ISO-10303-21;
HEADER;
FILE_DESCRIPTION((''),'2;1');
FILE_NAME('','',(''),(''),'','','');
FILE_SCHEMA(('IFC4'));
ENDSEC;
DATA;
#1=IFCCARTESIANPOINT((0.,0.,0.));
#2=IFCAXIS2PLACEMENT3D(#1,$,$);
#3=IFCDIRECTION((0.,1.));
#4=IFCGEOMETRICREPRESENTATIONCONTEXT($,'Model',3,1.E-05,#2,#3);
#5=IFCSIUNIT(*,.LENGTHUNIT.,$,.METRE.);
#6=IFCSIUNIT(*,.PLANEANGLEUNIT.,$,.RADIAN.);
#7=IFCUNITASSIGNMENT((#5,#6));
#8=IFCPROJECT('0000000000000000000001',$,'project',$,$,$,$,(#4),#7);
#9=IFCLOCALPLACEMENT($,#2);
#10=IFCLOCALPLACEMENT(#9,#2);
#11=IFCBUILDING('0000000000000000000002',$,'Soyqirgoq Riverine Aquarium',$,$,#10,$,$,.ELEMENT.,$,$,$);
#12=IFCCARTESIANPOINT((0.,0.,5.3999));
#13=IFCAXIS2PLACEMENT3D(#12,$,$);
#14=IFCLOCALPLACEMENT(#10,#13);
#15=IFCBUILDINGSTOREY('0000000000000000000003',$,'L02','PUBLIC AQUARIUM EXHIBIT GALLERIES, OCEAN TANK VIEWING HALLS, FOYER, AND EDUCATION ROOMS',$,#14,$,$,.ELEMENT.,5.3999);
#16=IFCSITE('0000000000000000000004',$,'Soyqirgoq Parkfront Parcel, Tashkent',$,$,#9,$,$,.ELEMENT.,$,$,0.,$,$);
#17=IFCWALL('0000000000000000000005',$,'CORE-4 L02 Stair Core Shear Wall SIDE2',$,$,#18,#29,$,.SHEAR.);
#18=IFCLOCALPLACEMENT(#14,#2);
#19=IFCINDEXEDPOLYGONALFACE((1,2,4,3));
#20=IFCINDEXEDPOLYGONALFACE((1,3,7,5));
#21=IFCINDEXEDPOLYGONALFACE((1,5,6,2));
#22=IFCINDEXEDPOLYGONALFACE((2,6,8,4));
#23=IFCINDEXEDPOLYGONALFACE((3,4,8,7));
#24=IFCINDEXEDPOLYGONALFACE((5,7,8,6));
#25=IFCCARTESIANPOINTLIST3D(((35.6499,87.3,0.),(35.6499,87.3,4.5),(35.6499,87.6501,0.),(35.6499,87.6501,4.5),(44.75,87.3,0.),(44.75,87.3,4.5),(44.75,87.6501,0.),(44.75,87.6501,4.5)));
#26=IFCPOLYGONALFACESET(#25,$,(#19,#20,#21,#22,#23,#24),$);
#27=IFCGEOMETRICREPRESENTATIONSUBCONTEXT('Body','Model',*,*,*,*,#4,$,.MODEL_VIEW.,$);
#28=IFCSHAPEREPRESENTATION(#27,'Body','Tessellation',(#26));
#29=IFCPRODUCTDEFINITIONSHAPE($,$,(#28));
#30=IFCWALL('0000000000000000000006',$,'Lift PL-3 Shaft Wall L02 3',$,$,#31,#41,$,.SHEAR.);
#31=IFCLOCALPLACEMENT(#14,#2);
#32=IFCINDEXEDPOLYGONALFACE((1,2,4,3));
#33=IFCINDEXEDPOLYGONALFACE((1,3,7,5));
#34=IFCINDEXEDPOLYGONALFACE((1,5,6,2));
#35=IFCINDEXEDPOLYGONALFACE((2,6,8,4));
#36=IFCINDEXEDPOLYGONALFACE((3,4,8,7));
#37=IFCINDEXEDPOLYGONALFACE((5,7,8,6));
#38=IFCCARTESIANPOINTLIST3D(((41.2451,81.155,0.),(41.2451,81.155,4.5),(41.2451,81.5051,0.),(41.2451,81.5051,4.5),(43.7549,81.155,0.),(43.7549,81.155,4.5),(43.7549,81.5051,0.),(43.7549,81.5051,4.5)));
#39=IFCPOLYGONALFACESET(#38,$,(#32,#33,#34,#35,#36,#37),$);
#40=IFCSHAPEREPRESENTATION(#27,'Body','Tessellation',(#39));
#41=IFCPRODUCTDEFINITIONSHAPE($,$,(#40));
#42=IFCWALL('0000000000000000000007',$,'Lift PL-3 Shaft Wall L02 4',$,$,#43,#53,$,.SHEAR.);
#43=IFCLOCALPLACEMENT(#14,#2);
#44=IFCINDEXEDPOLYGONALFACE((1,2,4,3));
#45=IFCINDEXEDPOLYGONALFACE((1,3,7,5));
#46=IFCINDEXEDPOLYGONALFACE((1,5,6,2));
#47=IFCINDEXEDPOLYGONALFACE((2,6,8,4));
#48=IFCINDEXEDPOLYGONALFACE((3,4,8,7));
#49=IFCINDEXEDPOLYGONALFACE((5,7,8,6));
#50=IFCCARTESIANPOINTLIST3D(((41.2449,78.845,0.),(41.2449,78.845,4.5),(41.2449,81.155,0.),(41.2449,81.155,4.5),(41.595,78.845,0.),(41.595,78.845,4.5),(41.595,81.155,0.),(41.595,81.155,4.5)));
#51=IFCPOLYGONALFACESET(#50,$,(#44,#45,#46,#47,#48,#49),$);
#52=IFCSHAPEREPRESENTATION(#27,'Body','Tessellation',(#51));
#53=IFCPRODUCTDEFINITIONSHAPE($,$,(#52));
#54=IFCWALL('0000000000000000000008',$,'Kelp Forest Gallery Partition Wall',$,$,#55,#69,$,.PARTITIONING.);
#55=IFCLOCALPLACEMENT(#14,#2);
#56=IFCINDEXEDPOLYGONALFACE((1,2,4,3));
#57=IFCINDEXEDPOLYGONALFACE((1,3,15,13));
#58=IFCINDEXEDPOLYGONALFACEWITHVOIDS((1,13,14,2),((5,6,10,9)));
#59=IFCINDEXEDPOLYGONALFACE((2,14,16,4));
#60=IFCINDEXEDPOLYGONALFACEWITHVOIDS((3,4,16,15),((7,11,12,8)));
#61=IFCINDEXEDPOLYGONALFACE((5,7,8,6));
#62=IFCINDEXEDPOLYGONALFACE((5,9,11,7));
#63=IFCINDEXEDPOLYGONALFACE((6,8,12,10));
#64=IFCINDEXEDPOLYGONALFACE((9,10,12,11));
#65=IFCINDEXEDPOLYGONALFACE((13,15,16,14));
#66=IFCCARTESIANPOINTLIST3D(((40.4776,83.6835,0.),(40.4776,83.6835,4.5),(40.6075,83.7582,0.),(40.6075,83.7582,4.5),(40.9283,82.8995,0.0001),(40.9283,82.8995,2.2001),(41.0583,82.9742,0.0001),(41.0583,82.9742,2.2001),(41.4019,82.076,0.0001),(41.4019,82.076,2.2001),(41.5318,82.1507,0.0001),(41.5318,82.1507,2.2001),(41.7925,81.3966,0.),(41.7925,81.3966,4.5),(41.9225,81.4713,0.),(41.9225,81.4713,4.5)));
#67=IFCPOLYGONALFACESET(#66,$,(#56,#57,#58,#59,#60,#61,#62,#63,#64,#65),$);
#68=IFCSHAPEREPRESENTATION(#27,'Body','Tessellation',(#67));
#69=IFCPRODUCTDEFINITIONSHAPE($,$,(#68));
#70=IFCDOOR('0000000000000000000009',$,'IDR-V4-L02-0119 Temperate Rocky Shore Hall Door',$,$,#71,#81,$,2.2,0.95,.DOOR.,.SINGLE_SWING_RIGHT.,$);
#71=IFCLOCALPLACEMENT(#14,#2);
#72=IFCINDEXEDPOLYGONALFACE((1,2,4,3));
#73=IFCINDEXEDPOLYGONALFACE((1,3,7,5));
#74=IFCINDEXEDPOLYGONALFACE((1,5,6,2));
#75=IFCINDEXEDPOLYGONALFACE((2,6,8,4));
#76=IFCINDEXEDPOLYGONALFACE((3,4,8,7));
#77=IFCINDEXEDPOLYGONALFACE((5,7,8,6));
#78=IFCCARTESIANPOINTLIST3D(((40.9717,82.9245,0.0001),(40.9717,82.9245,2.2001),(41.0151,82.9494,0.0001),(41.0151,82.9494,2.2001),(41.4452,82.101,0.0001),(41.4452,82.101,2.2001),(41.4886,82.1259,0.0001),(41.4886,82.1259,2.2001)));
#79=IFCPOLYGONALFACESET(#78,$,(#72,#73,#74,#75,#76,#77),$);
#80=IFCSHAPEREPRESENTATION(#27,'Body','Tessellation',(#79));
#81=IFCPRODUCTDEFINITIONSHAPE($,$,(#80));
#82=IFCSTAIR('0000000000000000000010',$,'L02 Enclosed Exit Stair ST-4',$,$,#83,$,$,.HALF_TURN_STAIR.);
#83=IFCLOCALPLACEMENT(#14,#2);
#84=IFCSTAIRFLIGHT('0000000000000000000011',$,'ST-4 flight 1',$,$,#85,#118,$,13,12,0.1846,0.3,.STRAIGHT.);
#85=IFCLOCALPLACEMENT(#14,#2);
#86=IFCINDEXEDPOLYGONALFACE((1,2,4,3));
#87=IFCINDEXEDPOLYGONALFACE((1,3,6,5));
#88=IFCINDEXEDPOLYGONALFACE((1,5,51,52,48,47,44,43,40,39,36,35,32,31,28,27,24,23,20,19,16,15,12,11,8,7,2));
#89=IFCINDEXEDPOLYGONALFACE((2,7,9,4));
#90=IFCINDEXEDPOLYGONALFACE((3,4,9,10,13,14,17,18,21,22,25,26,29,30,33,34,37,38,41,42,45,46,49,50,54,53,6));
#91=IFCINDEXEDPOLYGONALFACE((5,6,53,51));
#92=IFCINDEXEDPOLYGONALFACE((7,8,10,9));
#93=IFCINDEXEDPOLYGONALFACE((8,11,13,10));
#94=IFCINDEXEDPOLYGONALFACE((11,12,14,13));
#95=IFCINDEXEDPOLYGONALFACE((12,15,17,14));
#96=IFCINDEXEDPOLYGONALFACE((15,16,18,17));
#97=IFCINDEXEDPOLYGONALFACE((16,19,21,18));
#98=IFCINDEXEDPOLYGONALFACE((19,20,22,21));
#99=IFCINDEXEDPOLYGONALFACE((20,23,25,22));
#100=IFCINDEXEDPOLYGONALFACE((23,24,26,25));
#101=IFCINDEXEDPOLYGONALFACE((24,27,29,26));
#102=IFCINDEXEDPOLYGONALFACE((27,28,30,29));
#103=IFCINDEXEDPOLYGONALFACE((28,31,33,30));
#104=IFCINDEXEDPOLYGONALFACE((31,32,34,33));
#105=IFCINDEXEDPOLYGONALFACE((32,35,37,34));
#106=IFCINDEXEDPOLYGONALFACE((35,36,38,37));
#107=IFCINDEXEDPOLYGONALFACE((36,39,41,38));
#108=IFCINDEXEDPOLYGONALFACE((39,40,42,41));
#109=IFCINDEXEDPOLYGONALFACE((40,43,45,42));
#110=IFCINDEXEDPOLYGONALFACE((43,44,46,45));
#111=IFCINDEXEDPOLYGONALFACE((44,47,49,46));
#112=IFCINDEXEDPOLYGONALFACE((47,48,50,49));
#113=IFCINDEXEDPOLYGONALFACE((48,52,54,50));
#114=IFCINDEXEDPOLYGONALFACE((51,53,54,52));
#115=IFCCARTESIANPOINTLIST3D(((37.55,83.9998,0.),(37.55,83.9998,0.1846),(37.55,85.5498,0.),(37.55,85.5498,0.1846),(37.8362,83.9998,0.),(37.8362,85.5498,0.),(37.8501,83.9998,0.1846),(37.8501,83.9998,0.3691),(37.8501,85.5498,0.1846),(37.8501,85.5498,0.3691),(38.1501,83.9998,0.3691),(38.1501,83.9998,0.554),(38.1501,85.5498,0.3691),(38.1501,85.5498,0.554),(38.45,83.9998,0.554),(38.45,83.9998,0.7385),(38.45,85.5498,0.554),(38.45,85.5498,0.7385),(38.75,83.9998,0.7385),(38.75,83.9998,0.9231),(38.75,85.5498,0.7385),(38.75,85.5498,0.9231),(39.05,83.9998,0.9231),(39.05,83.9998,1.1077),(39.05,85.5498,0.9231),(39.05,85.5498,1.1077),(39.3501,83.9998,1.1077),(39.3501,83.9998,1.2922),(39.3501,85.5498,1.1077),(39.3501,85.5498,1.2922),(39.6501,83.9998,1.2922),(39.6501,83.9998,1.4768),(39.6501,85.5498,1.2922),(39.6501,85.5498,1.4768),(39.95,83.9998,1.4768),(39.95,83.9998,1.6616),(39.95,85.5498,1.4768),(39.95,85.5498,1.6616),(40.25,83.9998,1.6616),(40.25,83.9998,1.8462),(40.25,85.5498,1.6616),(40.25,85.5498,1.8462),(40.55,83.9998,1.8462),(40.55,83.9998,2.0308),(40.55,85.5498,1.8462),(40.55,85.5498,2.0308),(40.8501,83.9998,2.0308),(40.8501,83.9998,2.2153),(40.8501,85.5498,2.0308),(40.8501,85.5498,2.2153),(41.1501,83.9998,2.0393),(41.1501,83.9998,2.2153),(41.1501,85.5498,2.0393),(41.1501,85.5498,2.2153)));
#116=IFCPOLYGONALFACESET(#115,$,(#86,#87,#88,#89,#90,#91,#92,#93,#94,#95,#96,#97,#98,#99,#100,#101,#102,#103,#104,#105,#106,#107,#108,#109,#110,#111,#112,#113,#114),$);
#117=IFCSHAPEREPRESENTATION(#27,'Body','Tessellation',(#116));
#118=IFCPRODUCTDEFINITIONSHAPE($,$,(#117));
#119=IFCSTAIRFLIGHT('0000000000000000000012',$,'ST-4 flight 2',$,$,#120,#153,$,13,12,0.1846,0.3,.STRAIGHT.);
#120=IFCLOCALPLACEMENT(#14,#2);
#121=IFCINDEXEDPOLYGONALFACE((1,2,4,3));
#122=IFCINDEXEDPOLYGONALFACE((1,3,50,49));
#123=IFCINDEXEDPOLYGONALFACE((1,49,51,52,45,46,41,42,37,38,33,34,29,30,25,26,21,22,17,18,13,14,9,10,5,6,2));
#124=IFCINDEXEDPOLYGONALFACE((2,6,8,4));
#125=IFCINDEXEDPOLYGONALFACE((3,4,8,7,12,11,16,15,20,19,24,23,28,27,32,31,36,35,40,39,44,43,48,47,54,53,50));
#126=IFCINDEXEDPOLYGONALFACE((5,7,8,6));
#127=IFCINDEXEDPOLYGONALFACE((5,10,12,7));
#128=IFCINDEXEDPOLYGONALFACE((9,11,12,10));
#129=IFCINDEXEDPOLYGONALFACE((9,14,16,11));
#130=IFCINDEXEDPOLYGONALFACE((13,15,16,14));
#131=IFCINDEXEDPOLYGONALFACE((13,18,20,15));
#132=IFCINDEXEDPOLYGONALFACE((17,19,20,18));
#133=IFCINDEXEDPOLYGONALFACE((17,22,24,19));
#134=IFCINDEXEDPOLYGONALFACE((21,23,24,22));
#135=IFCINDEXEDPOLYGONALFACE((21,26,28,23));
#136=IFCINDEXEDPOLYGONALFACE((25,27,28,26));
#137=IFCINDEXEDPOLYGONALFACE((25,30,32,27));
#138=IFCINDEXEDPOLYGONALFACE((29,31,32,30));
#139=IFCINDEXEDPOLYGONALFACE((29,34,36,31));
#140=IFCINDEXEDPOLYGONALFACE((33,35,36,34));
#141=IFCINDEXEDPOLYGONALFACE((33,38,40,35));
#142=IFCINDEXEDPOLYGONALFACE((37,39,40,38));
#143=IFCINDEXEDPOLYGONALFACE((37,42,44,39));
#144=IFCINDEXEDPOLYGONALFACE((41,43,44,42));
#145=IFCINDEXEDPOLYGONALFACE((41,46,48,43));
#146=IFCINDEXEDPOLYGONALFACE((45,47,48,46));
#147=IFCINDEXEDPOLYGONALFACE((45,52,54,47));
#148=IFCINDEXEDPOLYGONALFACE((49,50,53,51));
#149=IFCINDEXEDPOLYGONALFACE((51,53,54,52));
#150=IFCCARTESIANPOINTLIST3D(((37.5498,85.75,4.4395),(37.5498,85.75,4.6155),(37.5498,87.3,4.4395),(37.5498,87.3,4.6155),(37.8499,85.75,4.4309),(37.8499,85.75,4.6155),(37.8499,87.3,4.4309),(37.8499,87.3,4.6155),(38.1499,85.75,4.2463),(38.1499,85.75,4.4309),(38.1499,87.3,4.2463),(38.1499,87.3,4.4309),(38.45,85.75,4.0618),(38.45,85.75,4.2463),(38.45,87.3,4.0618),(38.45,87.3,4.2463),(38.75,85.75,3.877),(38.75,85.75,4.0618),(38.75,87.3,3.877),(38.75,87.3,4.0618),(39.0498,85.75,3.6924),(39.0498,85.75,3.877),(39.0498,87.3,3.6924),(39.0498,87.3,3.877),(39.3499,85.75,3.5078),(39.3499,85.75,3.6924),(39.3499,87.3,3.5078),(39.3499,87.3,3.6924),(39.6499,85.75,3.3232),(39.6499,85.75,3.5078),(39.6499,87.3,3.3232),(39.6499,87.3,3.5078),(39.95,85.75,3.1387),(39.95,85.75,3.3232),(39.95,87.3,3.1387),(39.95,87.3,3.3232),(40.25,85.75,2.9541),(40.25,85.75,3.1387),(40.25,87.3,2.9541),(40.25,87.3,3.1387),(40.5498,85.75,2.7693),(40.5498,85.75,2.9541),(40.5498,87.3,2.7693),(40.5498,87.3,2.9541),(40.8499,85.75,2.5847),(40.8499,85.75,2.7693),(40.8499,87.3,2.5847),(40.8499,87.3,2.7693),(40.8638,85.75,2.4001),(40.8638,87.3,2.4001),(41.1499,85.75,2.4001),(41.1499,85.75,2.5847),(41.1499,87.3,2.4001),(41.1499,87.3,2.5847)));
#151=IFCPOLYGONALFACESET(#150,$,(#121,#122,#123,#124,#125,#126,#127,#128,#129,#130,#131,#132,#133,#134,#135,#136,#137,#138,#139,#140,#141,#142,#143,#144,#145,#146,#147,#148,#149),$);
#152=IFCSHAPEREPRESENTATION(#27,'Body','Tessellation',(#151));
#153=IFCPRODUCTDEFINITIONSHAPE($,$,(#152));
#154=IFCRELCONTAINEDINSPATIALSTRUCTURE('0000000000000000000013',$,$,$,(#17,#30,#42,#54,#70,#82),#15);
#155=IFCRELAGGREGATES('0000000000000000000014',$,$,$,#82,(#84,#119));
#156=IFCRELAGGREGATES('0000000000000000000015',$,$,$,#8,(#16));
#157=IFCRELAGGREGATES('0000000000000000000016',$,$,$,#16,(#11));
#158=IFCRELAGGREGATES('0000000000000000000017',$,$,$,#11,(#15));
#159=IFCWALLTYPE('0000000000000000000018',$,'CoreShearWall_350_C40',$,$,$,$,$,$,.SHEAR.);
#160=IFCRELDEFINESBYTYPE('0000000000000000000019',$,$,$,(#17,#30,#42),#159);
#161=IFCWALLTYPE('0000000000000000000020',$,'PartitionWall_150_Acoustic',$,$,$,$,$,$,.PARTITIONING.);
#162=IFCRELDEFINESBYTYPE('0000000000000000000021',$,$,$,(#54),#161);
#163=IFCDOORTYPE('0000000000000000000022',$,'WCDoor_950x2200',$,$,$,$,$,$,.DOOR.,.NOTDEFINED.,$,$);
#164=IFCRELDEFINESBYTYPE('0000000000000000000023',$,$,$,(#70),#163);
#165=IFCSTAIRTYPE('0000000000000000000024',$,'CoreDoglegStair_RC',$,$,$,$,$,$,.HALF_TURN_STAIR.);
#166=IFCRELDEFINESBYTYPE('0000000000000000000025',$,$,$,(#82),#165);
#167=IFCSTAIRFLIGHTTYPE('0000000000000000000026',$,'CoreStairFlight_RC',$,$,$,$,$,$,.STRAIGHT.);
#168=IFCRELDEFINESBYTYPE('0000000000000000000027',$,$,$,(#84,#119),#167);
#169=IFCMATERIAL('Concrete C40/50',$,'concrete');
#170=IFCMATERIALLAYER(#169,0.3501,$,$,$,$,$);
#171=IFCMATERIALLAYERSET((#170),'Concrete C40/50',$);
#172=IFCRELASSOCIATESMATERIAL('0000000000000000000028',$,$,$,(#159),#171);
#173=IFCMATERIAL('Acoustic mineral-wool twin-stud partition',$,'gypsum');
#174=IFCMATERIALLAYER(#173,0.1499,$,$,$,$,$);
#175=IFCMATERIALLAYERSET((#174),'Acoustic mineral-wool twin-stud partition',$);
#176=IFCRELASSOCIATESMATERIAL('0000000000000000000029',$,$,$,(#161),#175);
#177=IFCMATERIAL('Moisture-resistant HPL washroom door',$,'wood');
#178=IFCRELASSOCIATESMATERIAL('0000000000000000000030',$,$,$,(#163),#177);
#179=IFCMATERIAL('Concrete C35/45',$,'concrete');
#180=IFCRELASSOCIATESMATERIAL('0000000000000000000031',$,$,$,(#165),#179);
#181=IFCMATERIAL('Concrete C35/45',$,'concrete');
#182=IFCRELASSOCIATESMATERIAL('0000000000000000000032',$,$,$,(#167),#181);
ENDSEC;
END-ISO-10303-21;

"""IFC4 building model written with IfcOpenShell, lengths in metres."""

from ifc_helpers import new_model, si_unit, direction, frame, frame_2d, origin, place, context, subcontext, project, spatial, polyline, rectangle, outline, extrude, material, layer, layer_set, type_object, element, fill, aggregate, save


model = new_model("IFC4")

# Units and contexts
model_context = context("Model", 3, precision=1e-05, world=origin(), true_north=direction((0.0, 1.0)))
body_context = subcontext(model_context, "Body", "Model", "MODEL_VIEW")
ifc_project = project(units=[si_unit("LENGTHUNIT", "METRE"), si_unit("PLANEANGLEUNIT", "RADIAN")], contexts=[model_context])

# Site, building, storey
site_placement = place(None, origin())
site = spatial("IfcSite", under=ifc_project, at=site_placement, Name="Soyqirgoq Parkfront Parcel, Tashkent", CompositionType="ELEMENT", RefElevation=0.0)
building_placement = place(site_placement, origin())
building = spatial("IfcBuilding", under=site, at=building_placement, Name="Soyqirgoq Riverine Aquarium", CompositionType="ELEMENT")
storey_placement = place(building_placement, frame((0.0, 0.0, 5.3999)))
storey = spatial("IfcBuildingStorey", under=building, at=storey_placement, Name="L02", Description="PUBLIC AQUARIUM EXHIBIT GALLERIES, OCEAN TANK VIEWING HALLS, FOYER, AND EDUCATION ROOMS", CompositionType="ELEMENT", Elevation=5.3999)

# Walls
ifc_material_1 = material(Name="Concrete C40/50", Category="concrete")
ifc_layer_1 = layer(ifc_material_1, 0.3501)
ifc_layer_set_1 = layer_set([ifc_layer_1], Name="Concrete C40/50")
wall_type_1 = type_object("IfcWallType", Name="CoreShearWall_350_C40", PredefinedType="SHEAR", material=ifc_layer_set_1)
wall_1_placement = place(storey_placement, frame((44.75, 87.4751, 0.0), z_axis=(0.0, 0.0, 1.0), x_axis=(-1.0, 0.0, 0.0)))
element("IfcWall", 1, at=wall_1_placement, inside=storey, type_object=wall_type_1, Name="CORE-4 L02 Stair Core Shear Wall SIDE2", PredefinedType="SHEAR", context=body_context, shape_type="SweptSolid", body=[
    extrude(rectangle(XDim=9.1001, YDim=0.3501, at=frame_2d((4.55, 0.0))), origin(), (0.0, 0.0, 1.0), 4.5),
])
wall_2_placement = place(storey_placement, frame((43.7549, 81.3301, 0.0), z_axis=(0.0, 0.0, 1.0), x_axis=(-1.0, 0.0, 0.0)))
element("IfcWall", 2, at=wall_2_placement, inside=storey, type_object=wall_type_1, Name="Lift PL-3 Shaft Wall L02 3", PredefinedType="SHEAR", context=body_context, shape_type="SweptSolid", body=[
    extrude(rectangle(XDim=2.5098, YDim=0.3501, at=frame_2d((1.2549, 0.0))), origin(), (0.0, 0.0, 1.0), 4.5),
])
wall_3_placement = place(storey_placement, frame((41.4199, 81.155, 0.0), z_axis=(0.0, 0.0, 1.0), x_axis=(0.0, -1.0, 0.0)))
element("IfcWall", 3, at=wall_3_placement, inside=storey, type_object=wall_type_1, Name="Lift PL-3 Shaft Wall L02 4", PredefinedType="SHEAR", context=body_context, shape_type="SweptSolid", body=[
    extrude(rectangle(XDim=2.3101, YDim=0.3501, at=frame_2d((1.155, 0.0))), origin(), (0.0, 0.0, 1.0), 4.5),
])

# Wall, opening, door
ifc_material_2 = material(Name="Acoustic mineral-wool twin-stud partition", Category="gypsum")
ifc_layer_2 = layer(ifc_material_2, 0.1499)
ifc_layer_set_2 = layer_set([ifc_layer_2], Name="Acoustic mineral-wool twin-stud partition")
wall_type_2 = type_object("IfcWallType", Name="PartitionWall_150_Acoustic", PredefinedType="PARTITIONING", material=ifc_layer_set_2)
wall_4_placement = place(storey_placement, frame((41.8574, 81.4341, 0.0), z_axis=(0.0, 0.0, 1.0), x_axis=(-0.498469, 0.866907, 0.0)))
wall_4 = element("IfcWall", 4, at=wall_4_placement, inside=storey, type_object=wall_type_2, Name="Kelp Forest Gallery Partition Wall", PredefinedType="PARTITIONING", context=body_context, shape_type="SweptSolid", body=[
    extrude(rectangle(XDim=2.6379, YDim=0.1499, at=frame_2d((1.3188, 0.0))), origin(), (0.0, 0.0, 1.0), 4.5),
])
opening_placement = place(wall_4_placement, frame((0.7834, 0.0, 0.0)))
opening = element("IfcOpeningElement", 5, at=opening_placement, cuts=wall_4, PredefinedType="OPENING", context=body_context, shape_type="SweptSolid", body=[
    extrude(rectangle(XDim=0.95, YDim=2.2, at=frame_2d((0.4751, 1.1001))), frame((0.0, 0.085, 0.0), z_axis=(0.0, -1.0, 0.0), x_axis=(1.0, 0.0, 0.0)), (0.0, 0.0, 1.0), 0.1699),
])
ifc_material_3 = material(Name="Moisture-resistant HPL washroom door", Category="wood")
door_type = type_object("IfcDoorType", Name="WCDoor_950x2200", OperationType="NOTDEFINED", PredefinedType="DOOR", material=ifc_material_3)
door_placement = place(opening_placement, origin())
door = element("IfcDoor", 6, at=door_placement, inside=storey, type_object=door_type, Name="IDR-V4-L02-0119 Temperate Rocky Shore Hall Door", OperationType="SINGLE_SWING_RIGHT", OverallHeight=2.2, OverallWidth=0.95, PredefinedType="DOOR", context=body_context, shape_type="SweptSolid", body=[
    extrude(rectangle(XDim=0.95, YDim=2.2, at=frame_2d((0.4751, 1.1001))), frame((0.0, 0.0249, 0.0), z_axis=(0.0, -1.0, 0.0), x_axis=(1.0, 0.0, 0.0)), (0.0, 0.0, 1.0), 0.05),
])
fill(opening, door)

# Stair, stair flights
ifc_material_4 = material(Name="Concrete C35/45", Category="concrete")
stair_type = type_object("IfcStairType", Name="CoreDoglegStair_RC", PredefinedType="HALF_TURN_STAIR", material=ifc_material_4)
stair_placement = place(storey_placement, origin())
stair = element("IfcStair", 7, at=stair_placement, inside=storey, type_object=stair_type, Name="L02 Enclosed Exit Stair ST-4", PredefinedType="HALF_TURN_STAIR")
ifc_material_5 = material(Name="Concrete C35/45", Category="concrete")
stair_flight_type = type_object("IfcStairFlightType", Name="CoreStairFlight_RC", PredefinedType="STRAIGHT", material=ifc_material_5)
stair_flight_1_placement = place(storey_placement, frame((37.55, 84.7749, 0.0), z_axis=(0.0, 0.0, 1.0), x_axis=(1.0, 0.0, 0.0)))
stair_flight_1 = element("IfcStairFlight", 8, at=stair_flight_1_placement, type_object=stair_flight_type, Name="ST-4 flight 1", NumberOfRisers=13, NumberOfTreads=12, PredefinedType="STRAIGHT", RiserHeight=0.1846, TreadLength=0.3, context=body_context, shape_type="SweptSolid", body=[
    extrude(outline(polyline([(0.0, 0.0), (0.0, 0.1846), (0.3, 0.1846), (0.3, 0.3691), (0.6001, 0.3691), (0.6001, 0.554), (0.8999, 0.554), (0.8999, 0.7385), (1.2, 0.7385), (1.2, 0.9231), (1.5, 0.9231), (1.5, 1.1077), (1.8, 1.1077), (1.8, 1.2922), (2.1001, 1.2922), (2.1001, 1.4768), (2.3999, 1.4768), (2.3999, 1.6616), (2.7, 1.6616), (2.7, 1.8462), (3.0, 1.8462), (3.0, 2.0308), (3.3, 2.0308), (3.3, 2.2153), (3.6001, 2.2153), (3.6001, 2.3999), (3.6001, 2.0393), (0.2861, 0.0), (0.0, 0.0)])), frame((0.0, 0.7749, 0.0), z_axis=(0.0, -1.0, 0.0), x_axis=(1.0, 0.0, 0.0)), (0.0, 0.0, 1.0), 1.55),
])
stair_flight_2_placement = place(storey_placement, frame((41.1499, 86.5249, 2.4001), z_axis=(0.0, 0.0, 1.0), x_axis=(-1.0, 0.0, 0.0)))
stair_flight_2 = element("IfcStairFlight", 9, at=stair_flight_2_placement, type_object=stair_flight_type, Name="ST-4 flight 2", NumberOfRisers=13, NumberOfTreads=12, PredefinedType="STRAIGHT", RiserHeight=0.1846, TreadLength=0.3, context=body_context, shape_type="SweptSolid", body=[
    extrude(outline(polyline([(0.0, 0.0), (0.0, 0.1846), (0.3, 0.1846), (0.3, 0.3691), (0.6001, 0.3691), (0.6001, 0.554), (0.8999, 0.554), (0.8999, 0.7385), (1.2, 0.7385), (1.2, 0.9231), (1.5, 0.9231), (1.5, 1.1077), (1.8, 1.1077), (1.8, 1.2922), (2.1001, 1.2922), (2.1001, 1.4768), (2.3999, 1.4768), (2.3999, 1.6616), (2.7, 1.6616), (2.7, 1.8462), (3.0, 1.8462), (3.0, 2.0308), (3.3, 2.0308), (3.3, 2.2153), (3.6001, 2.2153), (3.6001, 2.3999), (3.6001, 2.0393), (0.2861, 0.0), (0.0, 0.0)])), frame((0.0, 0.7749, 0.0), z_axis=(0.0, -1.0, 0.0), x_axis=(1.0, 0.0, 0.0)), (0.0, 0.0, 1.0), 1.55),
])
aggregate(stair, [stair_flight_1, stair_flight_2])

save(model, "model.ifc")
